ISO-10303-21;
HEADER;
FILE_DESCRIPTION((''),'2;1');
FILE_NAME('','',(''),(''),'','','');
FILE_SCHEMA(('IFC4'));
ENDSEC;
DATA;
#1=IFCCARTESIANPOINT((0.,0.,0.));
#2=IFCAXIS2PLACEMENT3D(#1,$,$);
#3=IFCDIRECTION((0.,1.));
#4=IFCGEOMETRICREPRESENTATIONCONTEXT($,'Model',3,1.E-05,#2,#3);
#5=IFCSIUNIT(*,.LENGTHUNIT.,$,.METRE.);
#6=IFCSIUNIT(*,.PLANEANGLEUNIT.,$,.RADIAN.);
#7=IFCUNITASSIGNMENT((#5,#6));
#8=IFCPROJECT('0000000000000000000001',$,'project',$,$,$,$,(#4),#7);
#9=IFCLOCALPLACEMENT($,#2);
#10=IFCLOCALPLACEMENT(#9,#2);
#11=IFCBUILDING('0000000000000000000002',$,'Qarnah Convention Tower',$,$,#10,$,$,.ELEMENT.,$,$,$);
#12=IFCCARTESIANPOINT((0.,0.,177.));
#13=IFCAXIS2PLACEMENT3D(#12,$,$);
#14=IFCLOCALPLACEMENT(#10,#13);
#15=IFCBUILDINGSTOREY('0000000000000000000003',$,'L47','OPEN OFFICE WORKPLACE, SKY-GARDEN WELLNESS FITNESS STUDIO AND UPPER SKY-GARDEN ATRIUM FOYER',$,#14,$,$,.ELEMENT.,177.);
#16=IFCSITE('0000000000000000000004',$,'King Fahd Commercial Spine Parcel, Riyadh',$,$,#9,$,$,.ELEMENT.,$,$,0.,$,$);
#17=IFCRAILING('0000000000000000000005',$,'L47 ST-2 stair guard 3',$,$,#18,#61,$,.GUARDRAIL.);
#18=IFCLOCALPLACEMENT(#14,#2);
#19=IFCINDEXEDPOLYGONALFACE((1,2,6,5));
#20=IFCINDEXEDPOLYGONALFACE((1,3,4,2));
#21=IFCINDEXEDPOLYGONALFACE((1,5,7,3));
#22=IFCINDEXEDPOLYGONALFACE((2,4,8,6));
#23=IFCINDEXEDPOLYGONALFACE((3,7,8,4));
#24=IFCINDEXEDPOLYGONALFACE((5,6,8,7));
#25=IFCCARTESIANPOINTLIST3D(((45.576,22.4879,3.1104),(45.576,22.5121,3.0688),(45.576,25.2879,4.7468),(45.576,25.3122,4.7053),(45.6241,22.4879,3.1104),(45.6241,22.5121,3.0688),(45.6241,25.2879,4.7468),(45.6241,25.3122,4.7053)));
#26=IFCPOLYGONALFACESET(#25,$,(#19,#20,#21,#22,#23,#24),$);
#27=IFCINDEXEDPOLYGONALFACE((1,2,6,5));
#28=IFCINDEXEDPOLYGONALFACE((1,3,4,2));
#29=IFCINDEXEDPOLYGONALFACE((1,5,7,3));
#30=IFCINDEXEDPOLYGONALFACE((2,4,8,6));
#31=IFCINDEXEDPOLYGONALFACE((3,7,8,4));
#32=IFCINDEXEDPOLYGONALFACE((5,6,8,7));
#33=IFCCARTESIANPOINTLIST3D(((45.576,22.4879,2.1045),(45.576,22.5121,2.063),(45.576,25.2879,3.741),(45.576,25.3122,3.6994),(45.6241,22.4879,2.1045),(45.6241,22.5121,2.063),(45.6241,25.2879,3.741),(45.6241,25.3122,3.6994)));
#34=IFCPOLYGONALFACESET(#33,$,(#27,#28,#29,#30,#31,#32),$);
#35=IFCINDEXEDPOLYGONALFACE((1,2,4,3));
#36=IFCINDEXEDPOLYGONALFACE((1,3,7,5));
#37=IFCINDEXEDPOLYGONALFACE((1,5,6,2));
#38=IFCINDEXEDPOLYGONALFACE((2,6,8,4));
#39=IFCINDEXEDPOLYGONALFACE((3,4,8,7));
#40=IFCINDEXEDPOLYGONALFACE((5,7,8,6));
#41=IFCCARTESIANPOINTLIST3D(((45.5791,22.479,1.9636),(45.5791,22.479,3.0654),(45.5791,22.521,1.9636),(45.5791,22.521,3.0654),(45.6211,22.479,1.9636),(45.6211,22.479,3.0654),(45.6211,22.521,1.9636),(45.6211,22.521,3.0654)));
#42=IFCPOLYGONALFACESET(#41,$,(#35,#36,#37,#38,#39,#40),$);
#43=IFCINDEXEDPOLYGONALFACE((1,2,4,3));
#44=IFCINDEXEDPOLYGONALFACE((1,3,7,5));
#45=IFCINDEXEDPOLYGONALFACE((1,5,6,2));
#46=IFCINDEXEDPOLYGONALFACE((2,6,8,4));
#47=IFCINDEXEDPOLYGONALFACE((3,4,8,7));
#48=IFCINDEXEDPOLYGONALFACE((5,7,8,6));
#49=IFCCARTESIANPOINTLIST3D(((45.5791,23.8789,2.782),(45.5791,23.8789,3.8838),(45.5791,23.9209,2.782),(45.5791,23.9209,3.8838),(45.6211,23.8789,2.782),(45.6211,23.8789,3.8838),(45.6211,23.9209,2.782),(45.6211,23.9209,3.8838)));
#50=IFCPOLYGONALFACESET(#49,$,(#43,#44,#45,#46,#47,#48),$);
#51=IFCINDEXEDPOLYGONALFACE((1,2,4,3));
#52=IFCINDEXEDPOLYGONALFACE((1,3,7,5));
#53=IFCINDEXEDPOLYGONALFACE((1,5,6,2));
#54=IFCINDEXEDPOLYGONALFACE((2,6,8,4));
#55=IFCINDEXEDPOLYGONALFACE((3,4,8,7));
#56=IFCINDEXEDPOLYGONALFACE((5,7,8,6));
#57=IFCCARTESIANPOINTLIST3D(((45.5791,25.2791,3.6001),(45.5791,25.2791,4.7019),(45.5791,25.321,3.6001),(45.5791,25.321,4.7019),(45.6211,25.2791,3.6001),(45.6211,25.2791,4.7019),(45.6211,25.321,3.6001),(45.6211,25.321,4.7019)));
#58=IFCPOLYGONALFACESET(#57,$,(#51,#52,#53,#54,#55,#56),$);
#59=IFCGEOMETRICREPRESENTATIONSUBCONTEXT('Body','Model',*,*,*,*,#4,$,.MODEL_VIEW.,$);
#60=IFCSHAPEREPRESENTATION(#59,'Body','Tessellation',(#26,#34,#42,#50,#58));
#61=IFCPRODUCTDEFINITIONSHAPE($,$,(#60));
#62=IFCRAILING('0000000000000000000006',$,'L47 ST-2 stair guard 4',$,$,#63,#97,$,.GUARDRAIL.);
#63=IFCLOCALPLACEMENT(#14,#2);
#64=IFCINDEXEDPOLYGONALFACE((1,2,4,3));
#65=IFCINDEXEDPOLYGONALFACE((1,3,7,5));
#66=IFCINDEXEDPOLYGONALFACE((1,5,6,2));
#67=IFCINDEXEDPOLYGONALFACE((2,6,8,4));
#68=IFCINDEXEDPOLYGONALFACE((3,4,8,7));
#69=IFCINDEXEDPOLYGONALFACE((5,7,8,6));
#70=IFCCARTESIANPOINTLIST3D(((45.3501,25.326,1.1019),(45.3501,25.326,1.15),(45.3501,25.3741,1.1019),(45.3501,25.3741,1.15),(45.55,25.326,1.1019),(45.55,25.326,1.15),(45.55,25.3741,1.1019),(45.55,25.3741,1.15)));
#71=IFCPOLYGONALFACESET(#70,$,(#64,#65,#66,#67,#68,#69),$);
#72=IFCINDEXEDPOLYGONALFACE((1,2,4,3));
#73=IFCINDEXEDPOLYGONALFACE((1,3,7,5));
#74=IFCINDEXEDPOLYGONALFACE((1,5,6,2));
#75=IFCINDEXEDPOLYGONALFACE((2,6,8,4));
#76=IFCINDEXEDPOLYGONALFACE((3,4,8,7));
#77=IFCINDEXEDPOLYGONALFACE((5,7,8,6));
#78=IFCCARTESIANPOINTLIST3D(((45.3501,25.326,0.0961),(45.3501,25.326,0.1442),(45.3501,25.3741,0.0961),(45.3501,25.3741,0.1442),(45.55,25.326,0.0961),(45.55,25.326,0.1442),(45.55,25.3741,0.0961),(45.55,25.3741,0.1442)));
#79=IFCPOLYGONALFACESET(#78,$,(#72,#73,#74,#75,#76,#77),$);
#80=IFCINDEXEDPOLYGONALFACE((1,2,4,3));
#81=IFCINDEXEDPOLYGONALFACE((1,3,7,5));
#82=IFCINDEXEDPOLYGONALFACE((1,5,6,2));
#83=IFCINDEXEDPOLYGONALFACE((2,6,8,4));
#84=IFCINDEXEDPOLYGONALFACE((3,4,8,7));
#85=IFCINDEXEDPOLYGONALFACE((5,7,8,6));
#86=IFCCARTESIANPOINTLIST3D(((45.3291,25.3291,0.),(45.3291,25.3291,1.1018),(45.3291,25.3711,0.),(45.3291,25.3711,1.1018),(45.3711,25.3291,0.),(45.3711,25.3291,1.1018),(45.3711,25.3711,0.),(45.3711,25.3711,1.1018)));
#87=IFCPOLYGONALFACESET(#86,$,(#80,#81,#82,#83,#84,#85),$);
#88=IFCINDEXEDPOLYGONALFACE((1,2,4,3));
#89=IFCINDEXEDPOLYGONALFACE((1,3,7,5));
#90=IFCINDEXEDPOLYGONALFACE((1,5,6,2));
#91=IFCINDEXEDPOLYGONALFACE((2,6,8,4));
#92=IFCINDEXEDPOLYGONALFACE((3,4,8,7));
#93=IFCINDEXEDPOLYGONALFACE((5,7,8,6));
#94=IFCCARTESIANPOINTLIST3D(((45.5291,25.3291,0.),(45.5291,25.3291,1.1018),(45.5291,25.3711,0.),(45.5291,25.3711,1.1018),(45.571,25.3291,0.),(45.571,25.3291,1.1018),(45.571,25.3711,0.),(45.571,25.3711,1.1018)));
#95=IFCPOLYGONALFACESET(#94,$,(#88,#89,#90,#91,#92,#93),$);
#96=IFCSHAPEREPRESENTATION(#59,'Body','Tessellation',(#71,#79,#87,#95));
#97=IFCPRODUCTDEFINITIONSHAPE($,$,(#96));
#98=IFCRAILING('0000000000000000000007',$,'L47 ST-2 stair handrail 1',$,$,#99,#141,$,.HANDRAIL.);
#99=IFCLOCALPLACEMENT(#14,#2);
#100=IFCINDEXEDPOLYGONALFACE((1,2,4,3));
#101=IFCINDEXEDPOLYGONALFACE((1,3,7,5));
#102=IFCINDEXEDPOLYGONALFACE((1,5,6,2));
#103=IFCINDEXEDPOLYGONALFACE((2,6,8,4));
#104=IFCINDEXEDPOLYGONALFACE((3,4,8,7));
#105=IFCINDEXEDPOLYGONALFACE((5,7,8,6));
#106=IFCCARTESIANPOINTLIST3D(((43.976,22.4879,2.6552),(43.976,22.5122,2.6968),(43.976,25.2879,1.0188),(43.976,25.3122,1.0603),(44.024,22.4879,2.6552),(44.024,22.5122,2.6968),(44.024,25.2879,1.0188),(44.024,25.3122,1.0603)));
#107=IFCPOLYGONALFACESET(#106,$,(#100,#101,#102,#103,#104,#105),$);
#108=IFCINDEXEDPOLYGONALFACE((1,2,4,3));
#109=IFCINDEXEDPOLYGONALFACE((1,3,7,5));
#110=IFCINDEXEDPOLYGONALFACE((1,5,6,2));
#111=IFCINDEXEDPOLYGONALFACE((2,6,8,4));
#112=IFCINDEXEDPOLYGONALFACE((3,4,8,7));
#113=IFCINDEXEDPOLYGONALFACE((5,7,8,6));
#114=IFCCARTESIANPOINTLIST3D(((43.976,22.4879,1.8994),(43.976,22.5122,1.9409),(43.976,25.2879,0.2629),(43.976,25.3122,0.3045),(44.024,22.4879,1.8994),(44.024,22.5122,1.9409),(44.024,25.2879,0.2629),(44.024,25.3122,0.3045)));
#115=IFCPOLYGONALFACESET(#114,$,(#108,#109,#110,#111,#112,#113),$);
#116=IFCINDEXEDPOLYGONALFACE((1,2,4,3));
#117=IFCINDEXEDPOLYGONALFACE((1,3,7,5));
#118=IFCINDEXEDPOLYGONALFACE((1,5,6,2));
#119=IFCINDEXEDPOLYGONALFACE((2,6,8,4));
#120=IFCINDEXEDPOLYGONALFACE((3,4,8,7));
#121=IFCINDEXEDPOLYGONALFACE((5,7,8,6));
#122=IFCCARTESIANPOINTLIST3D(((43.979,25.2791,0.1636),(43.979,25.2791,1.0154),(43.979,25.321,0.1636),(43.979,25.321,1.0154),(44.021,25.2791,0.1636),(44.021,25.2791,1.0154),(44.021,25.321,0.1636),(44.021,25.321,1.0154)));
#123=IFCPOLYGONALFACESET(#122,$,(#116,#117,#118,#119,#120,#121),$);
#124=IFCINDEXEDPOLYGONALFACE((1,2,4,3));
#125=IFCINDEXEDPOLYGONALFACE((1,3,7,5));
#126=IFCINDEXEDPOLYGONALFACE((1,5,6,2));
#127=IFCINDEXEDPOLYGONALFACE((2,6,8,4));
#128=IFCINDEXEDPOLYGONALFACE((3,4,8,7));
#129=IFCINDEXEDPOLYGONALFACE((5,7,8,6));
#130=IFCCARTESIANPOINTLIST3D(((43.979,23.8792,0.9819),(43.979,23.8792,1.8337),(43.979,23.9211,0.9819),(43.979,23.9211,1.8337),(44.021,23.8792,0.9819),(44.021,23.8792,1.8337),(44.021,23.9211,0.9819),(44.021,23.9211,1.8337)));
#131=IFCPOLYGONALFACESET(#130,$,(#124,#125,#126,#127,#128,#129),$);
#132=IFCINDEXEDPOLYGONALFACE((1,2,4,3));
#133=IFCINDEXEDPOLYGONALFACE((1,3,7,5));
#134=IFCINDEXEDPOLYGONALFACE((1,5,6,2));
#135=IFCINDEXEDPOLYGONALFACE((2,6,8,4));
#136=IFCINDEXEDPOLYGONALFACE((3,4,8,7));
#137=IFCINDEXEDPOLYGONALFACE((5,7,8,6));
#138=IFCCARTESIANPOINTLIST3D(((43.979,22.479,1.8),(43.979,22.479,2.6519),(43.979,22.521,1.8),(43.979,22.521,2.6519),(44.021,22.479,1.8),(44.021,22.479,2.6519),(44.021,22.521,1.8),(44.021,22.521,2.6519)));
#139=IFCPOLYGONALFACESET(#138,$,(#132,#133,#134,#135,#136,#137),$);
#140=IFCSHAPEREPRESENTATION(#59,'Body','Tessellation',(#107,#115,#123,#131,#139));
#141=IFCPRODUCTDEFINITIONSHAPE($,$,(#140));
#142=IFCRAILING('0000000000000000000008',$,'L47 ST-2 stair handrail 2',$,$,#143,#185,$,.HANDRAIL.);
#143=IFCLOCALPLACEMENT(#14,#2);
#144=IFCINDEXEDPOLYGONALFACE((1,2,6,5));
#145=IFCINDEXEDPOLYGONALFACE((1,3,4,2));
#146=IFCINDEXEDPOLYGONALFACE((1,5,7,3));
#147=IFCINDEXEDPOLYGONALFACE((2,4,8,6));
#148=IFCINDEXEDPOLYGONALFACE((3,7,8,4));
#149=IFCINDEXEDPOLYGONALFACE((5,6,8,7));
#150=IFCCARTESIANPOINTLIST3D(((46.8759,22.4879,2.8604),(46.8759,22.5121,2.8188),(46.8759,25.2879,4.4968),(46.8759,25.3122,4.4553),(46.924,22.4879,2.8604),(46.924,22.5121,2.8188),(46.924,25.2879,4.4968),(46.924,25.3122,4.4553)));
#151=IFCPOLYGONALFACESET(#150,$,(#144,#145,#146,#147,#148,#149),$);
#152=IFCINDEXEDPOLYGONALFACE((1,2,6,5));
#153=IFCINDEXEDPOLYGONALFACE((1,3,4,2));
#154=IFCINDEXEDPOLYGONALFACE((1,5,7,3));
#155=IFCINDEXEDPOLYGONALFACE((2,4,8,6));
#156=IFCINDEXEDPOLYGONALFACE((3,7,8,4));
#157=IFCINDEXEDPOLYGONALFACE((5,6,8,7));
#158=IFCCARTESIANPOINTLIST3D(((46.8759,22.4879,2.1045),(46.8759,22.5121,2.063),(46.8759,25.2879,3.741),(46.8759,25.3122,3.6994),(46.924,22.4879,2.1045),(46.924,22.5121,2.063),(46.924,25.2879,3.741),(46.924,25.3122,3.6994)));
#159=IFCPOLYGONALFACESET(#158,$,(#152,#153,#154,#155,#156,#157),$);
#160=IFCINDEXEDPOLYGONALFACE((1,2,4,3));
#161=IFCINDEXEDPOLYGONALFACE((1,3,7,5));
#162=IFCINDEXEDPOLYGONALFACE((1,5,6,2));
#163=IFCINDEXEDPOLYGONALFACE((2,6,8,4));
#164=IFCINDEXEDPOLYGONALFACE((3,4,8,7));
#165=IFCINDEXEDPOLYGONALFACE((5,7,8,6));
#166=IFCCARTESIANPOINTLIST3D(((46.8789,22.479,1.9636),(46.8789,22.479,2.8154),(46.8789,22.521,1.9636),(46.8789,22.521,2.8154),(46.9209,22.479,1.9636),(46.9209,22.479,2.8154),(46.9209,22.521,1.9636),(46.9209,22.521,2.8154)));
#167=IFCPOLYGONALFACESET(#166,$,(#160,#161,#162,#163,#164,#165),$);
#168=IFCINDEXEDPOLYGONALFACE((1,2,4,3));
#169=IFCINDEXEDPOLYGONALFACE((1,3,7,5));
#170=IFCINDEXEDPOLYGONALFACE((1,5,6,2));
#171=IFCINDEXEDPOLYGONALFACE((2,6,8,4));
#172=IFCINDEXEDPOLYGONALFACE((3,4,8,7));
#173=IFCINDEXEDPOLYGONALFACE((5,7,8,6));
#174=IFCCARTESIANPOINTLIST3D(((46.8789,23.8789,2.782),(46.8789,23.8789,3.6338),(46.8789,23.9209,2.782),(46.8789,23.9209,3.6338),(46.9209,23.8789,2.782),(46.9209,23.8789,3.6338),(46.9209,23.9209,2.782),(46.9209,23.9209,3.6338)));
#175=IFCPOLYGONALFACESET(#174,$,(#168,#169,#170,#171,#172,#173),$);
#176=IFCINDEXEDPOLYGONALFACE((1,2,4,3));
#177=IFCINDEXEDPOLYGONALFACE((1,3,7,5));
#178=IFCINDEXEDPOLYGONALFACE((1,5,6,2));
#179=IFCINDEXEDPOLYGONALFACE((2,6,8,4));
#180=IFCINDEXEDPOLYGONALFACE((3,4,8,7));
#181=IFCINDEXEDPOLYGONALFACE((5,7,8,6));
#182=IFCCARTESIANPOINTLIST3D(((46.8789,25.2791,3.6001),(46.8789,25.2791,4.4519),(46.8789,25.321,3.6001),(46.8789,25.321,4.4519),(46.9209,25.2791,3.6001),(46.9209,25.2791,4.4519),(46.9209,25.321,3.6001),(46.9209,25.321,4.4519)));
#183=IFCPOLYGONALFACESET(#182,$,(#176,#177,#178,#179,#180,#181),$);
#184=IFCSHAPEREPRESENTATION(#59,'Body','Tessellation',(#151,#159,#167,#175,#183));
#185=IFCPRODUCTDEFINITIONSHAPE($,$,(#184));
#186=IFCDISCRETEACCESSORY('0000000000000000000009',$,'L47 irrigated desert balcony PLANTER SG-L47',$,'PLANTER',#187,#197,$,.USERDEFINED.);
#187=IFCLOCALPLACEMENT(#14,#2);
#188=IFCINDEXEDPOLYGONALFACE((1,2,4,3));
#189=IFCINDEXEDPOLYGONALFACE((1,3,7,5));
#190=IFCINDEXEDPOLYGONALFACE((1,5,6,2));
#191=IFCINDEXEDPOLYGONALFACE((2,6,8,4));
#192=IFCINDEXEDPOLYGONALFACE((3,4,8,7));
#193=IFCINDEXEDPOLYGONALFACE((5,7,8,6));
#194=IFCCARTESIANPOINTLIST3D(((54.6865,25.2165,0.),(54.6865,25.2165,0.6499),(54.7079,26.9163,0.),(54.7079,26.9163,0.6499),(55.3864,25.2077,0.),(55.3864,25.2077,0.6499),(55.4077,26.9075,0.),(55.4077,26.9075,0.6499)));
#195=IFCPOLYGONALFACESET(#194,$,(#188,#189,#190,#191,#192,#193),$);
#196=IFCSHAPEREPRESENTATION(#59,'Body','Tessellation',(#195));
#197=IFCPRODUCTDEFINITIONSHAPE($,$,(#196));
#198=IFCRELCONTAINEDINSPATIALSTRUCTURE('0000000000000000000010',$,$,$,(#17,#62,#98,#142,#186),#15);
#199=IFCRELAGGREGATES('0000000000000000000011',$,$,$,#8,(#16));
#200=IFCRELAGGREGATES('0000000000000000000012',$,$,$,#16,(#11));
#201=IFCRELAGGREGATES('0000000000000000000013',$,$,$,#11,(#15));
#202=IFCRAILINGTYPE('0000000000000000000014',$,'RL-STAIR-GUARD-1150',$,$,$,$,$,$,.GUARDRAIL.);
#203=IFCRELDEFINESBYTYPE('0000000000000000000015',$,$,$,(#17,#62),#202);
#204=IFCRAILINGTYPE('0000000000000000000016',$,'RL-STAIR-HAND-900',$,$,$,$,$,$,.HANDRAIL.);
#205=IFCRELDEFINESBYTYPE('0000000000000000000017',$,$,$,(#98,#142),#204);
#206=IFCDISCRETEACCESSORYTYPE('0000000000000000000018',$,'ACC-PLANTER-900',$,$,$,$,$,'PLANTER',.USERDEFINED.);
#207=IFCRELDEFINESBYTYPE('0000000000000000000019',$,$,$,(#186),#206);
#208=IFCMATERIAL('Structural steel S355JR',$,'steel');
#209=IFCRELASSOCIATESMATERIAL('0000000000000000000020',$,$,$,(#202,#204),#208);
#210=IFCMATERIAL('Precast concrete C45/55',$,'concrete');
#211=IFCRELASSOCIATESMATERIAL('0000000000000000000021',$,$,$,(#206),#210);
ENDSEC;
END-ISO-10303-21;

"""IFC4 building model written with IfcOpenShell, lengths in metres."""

from ifc_helpers import new_model, si_unit, direction, frame, origin, origin_2d, place, context, subcontext, project, spatial, rectangle, extrude, material, type_object, element, save


model = new_model("IFC4")

# Units and contexts
model_context = context("Model", 3, precision=1e-05, world=origin(), true_north=direction((0.0, 1.0)))
body_context = subcontext(model_context, "Body", "Model", "MODEL_VIEW")
ifc_project = project(units=[si_unit("LENGTHUNIT", "METRE"), si_unit("PLANEANGLEUNIT", "RADIAN")], contexts=[model_context])

# Site, building, storey
site_placement = place(None, origin())
site = spatial("IfcSite", under=ifc_project, at=site_placement, Name="King Fahd Commercial Spine Parcel, Riyadh", CompositionType="ELEMENT", RefElevation=0.0)
building_placement = place(site_placement, origin())
building = spatial("IfcBuilding", under=site, at=building_placement, Name="Qarnah Convention Tower", CompositionType="ELEMENT")
storey_placement = place(building_placement, frame((0.0, 0.0, 177.0)))
storey = spatial("IfcBuildingStorey", under=building, at=storey_placement, Name="L47", Description="OPEN OFFICE WORKPLACE, SKY-GARDEN WELLNESS FITNESS STUDIO AND UPPER SKY-GARDEN ATRIUM FOYER", CompositionType="ELEMENT", Elevation=177.0)

# Shared definitions
ifc_material_1 = material(Name="Structural steel S355JR", Category="steel")

# Railings
railing_type_1 = type_object("IfcRailingType", Name="RL-STAIR-GUARD-1150", PredefinedType="GUARDRAIL", material=ifc_material_1)
railing_1_placement = place(storey_placement, frame((45.6001, 22.5, 1.9636)))
element("IfcRailing", 1, at=railing_1_placement, inside=storey, type_object=railing_type_1, Name="L47 ST-2 stair guard 3", PredefinedType="GUARDRAIL", context=body_context, shape_type="SweptSolid", body=[
    extrude(rectangle(XDim=0.0481, YDim=0.0481, at=origin_2d()), frame((0.0, 0.0, 1.126), z_axis=(0.0, 0.863361, 0.504587), x_axis=(-1.0, 0.0, 0.0)), (0.0, 0.0, 1.0), 3.2432),
    extrude(rectangle(XDim=0.0481, YDim=0.0481, at=origin_2d()), frame((0.0, 0.0, 0.1201), z_axis=(0.0, 0.863361, 0.504587), x_axis=(-1.0, 0.0, 0.0)), (0.0, 0.0, 1.0), 3.2432),
    extrude(rectangle(XDim=0.042, YDim=0.042, at=origin_2d()), origin(), (0.0, 0.0, 1.0), 1.1018),
    extrude(rectangle(XDim=0.042, YDim=0.042, at=origin_2d()), frame((0.0, 1.3999, 0.8184)), (0.0, 0.0, 1.0), 1.1018),
    extrude(rectangle(XDim=0.042, YDim=0.042, at=origin_2d()), frame((0.0, 2.8, 1.6365)), (0.0, 0.0, 1.0), 1.1018),
])
railing_2_placement = place(storey_placement, frame((45.3501, 25.3501, 0.0)))
element("IfcRailing", 2, at=railing_2_placement, inside=storey, type_object=railing_type_1, Name="L47 ST-2 stair guard 4", PredefinedType="GUARDRAIL", context=body_context, shape_type="SweptSolid", body=[
    extrude(rectangle(XDim=0.0481, YDim=0.0481, at=origin_2d()), frame((0.0, 0.0, 1.126), z_axis=(1.0, 0.0, 0.0), x_axis=(0.0, 1.0, 0.0)), (0.0, 0.0, 1.0), 0.2),
    extrude(rectangle(XDim=0.0481, YDim=0.0481, at=origin_2d()), frame((0.0, 0.0, 0.1201), z_axis=(1.0, 0.0, 0.0), x_axis=(0.0, 1.0, 0.0)), (0.0, 0.0, 1.0), 0.2),
    extrude(rectangle(XDim=0.042, YDim=0.042, at=origin_2d()), origin(), (0.0, 0.0, 1.0), 1.1018),
    extrude(rectangle(XDim=0.042, YDim=0.042, at=origin_2d()), frame((0.2, 0.0, 0.0)), (0.0, 0.0, 1.0), 1.1018),
])
railing_type_2 = type_object("IfcRailingType", Name="RL-STAIR-HAND-900", PredefinedType="HANDRAIL", material=ifc_material_1)
railing_3_placement = place(storey_placement, frame((44.0, 25.3, 0.1636)))
element("IfcRailing", 3, at=railing_3_placement, inside=storey, type_object=railing_type_2, Name="L47 ST-2 stair handrail 1", PredefinedType="HANDRAIL", context=body_context, shape_type="SweptSolid", body=[
    extrude(rectangle(XDim=0.0481, YDim=0.0481, at=origin_2d()), frame((0.0, 0.0, 0.876), z_axis=(0.0, -0.863361, 0.504587), x_axis=(1.0, 0.0, 0.0)), (0.0, 0.0, 1.0), 3.2432),
    extrude(rectangle(XDim=0.0481, YDim=0.0481, at=origin_2d()), frame((0.0, 0.0, 0.1201), z_axis=(0.0, -0.863361, 0.504587), x_axis=(1.0, 0.0, 0.0)), (0.0, 0.0, 1.0), 3.2432),
    extrude(rectangle(XDim=0.042, YDim=0.042, at=origin_2d()), origin(), (0.0, 0.0, 1.0), 0.8518),
    extrude(rectangle(XDim=0.042, YDim=0.042, at=origin_2d()), frame((0.0, -1.3999, 0.8184)), (0.0, 0.0, 1.0), 0.8518),
    extrude(rectangle(XDim=0.042, YDim=0.042, at=origin_2d()), frame((0.0, -2.8, 1.6365)), (0.0, 0.0, 1.0), 0.8518),
])
railing_4_placement = place(storey_placement, frame((46.8999, 22.5, 1.9636)))
element("IfcRailing", 4, at=railing_4_placement, inside=storey, type_object=railing_type_2, Name="L47 ST-2 stair handrail 2", PredefinedType="HANDRAIL", context=body_context, shape_type="SweptSolid", body=[
    extrude(rectangle(XDim=0.0481, YDim=0.0481, at=origin_2d()), frame((0.0, 0.0, 0.876), z_axis=(0.0, 0.863361, 0.504587), x_axis=(-1.0, 0.0, 0.0)), (0.0, 0.0, 1.0), 3.2432),
    extrude(rectangle(XDim=0.0481, YDim=0.0481, at=origin_2d()), frame((0.0, 0.0, 0.1201), z_axis=(0.0, 0.863361, 0.504587), x_axis=(-1.0, 0.0, 0.0)), (0.0, 0.0, 1.0), 3.2432),
    extrude(rectangle(XDim=0.042, YDim=0.042, at=origin_2d()), origin(), (0.0, 0.0, 1.0), 0.8518),
    extrude(rectangle(XDim=0.042, YDim=0.042, at=origin_2d()), frame((0.0, 1.3999, 0.8184)), (0.0, 0.0, 1.0), 0.8518),
    extrude(rectangle(XDim=0.042, YDim=0.042, at=origin_2d()), frame((0.0, 2.8, 1.6365)), (0.0, 0.0, 1.0), 0.8518),
])

# Discrete accessory
ifc_material_2 = material(Name="Precast concrete C45/55", Category="concrete")
discrete_accessory_type = type_object("IfcDiscreteAccessoryType", Name="ACC-PLANTER-900", ElementType="PLANTER", PredefinedType="USERDEFINED", material=ifc_material_2)
discrete_accessory_placement = place(storey_placement, frame((55.0471, 26.062, 0.0), z_axis=(0.0, 0.0, 1.0), x_axis=(0.012566, 0.999921, 0.0)))
element("IfcDiscreteAccessory", 5, at=discrete_accessory_placement, inside=storey, type_object=discrete_accessory_type, Name="L47 irrigated desert balcony PLANTER SG-L47", ObjectType="PLANTER", PredefinedType="USERDEFINED", context=body_context, shape_type="SweptSolid", body=[
    extrude(rectangle(XDim=1.7, YDim=0.7, at=origin_2d()), origin(), (0.0, 0.0, 1.0), 0.6499),
])

save(model, "model.ifc")
